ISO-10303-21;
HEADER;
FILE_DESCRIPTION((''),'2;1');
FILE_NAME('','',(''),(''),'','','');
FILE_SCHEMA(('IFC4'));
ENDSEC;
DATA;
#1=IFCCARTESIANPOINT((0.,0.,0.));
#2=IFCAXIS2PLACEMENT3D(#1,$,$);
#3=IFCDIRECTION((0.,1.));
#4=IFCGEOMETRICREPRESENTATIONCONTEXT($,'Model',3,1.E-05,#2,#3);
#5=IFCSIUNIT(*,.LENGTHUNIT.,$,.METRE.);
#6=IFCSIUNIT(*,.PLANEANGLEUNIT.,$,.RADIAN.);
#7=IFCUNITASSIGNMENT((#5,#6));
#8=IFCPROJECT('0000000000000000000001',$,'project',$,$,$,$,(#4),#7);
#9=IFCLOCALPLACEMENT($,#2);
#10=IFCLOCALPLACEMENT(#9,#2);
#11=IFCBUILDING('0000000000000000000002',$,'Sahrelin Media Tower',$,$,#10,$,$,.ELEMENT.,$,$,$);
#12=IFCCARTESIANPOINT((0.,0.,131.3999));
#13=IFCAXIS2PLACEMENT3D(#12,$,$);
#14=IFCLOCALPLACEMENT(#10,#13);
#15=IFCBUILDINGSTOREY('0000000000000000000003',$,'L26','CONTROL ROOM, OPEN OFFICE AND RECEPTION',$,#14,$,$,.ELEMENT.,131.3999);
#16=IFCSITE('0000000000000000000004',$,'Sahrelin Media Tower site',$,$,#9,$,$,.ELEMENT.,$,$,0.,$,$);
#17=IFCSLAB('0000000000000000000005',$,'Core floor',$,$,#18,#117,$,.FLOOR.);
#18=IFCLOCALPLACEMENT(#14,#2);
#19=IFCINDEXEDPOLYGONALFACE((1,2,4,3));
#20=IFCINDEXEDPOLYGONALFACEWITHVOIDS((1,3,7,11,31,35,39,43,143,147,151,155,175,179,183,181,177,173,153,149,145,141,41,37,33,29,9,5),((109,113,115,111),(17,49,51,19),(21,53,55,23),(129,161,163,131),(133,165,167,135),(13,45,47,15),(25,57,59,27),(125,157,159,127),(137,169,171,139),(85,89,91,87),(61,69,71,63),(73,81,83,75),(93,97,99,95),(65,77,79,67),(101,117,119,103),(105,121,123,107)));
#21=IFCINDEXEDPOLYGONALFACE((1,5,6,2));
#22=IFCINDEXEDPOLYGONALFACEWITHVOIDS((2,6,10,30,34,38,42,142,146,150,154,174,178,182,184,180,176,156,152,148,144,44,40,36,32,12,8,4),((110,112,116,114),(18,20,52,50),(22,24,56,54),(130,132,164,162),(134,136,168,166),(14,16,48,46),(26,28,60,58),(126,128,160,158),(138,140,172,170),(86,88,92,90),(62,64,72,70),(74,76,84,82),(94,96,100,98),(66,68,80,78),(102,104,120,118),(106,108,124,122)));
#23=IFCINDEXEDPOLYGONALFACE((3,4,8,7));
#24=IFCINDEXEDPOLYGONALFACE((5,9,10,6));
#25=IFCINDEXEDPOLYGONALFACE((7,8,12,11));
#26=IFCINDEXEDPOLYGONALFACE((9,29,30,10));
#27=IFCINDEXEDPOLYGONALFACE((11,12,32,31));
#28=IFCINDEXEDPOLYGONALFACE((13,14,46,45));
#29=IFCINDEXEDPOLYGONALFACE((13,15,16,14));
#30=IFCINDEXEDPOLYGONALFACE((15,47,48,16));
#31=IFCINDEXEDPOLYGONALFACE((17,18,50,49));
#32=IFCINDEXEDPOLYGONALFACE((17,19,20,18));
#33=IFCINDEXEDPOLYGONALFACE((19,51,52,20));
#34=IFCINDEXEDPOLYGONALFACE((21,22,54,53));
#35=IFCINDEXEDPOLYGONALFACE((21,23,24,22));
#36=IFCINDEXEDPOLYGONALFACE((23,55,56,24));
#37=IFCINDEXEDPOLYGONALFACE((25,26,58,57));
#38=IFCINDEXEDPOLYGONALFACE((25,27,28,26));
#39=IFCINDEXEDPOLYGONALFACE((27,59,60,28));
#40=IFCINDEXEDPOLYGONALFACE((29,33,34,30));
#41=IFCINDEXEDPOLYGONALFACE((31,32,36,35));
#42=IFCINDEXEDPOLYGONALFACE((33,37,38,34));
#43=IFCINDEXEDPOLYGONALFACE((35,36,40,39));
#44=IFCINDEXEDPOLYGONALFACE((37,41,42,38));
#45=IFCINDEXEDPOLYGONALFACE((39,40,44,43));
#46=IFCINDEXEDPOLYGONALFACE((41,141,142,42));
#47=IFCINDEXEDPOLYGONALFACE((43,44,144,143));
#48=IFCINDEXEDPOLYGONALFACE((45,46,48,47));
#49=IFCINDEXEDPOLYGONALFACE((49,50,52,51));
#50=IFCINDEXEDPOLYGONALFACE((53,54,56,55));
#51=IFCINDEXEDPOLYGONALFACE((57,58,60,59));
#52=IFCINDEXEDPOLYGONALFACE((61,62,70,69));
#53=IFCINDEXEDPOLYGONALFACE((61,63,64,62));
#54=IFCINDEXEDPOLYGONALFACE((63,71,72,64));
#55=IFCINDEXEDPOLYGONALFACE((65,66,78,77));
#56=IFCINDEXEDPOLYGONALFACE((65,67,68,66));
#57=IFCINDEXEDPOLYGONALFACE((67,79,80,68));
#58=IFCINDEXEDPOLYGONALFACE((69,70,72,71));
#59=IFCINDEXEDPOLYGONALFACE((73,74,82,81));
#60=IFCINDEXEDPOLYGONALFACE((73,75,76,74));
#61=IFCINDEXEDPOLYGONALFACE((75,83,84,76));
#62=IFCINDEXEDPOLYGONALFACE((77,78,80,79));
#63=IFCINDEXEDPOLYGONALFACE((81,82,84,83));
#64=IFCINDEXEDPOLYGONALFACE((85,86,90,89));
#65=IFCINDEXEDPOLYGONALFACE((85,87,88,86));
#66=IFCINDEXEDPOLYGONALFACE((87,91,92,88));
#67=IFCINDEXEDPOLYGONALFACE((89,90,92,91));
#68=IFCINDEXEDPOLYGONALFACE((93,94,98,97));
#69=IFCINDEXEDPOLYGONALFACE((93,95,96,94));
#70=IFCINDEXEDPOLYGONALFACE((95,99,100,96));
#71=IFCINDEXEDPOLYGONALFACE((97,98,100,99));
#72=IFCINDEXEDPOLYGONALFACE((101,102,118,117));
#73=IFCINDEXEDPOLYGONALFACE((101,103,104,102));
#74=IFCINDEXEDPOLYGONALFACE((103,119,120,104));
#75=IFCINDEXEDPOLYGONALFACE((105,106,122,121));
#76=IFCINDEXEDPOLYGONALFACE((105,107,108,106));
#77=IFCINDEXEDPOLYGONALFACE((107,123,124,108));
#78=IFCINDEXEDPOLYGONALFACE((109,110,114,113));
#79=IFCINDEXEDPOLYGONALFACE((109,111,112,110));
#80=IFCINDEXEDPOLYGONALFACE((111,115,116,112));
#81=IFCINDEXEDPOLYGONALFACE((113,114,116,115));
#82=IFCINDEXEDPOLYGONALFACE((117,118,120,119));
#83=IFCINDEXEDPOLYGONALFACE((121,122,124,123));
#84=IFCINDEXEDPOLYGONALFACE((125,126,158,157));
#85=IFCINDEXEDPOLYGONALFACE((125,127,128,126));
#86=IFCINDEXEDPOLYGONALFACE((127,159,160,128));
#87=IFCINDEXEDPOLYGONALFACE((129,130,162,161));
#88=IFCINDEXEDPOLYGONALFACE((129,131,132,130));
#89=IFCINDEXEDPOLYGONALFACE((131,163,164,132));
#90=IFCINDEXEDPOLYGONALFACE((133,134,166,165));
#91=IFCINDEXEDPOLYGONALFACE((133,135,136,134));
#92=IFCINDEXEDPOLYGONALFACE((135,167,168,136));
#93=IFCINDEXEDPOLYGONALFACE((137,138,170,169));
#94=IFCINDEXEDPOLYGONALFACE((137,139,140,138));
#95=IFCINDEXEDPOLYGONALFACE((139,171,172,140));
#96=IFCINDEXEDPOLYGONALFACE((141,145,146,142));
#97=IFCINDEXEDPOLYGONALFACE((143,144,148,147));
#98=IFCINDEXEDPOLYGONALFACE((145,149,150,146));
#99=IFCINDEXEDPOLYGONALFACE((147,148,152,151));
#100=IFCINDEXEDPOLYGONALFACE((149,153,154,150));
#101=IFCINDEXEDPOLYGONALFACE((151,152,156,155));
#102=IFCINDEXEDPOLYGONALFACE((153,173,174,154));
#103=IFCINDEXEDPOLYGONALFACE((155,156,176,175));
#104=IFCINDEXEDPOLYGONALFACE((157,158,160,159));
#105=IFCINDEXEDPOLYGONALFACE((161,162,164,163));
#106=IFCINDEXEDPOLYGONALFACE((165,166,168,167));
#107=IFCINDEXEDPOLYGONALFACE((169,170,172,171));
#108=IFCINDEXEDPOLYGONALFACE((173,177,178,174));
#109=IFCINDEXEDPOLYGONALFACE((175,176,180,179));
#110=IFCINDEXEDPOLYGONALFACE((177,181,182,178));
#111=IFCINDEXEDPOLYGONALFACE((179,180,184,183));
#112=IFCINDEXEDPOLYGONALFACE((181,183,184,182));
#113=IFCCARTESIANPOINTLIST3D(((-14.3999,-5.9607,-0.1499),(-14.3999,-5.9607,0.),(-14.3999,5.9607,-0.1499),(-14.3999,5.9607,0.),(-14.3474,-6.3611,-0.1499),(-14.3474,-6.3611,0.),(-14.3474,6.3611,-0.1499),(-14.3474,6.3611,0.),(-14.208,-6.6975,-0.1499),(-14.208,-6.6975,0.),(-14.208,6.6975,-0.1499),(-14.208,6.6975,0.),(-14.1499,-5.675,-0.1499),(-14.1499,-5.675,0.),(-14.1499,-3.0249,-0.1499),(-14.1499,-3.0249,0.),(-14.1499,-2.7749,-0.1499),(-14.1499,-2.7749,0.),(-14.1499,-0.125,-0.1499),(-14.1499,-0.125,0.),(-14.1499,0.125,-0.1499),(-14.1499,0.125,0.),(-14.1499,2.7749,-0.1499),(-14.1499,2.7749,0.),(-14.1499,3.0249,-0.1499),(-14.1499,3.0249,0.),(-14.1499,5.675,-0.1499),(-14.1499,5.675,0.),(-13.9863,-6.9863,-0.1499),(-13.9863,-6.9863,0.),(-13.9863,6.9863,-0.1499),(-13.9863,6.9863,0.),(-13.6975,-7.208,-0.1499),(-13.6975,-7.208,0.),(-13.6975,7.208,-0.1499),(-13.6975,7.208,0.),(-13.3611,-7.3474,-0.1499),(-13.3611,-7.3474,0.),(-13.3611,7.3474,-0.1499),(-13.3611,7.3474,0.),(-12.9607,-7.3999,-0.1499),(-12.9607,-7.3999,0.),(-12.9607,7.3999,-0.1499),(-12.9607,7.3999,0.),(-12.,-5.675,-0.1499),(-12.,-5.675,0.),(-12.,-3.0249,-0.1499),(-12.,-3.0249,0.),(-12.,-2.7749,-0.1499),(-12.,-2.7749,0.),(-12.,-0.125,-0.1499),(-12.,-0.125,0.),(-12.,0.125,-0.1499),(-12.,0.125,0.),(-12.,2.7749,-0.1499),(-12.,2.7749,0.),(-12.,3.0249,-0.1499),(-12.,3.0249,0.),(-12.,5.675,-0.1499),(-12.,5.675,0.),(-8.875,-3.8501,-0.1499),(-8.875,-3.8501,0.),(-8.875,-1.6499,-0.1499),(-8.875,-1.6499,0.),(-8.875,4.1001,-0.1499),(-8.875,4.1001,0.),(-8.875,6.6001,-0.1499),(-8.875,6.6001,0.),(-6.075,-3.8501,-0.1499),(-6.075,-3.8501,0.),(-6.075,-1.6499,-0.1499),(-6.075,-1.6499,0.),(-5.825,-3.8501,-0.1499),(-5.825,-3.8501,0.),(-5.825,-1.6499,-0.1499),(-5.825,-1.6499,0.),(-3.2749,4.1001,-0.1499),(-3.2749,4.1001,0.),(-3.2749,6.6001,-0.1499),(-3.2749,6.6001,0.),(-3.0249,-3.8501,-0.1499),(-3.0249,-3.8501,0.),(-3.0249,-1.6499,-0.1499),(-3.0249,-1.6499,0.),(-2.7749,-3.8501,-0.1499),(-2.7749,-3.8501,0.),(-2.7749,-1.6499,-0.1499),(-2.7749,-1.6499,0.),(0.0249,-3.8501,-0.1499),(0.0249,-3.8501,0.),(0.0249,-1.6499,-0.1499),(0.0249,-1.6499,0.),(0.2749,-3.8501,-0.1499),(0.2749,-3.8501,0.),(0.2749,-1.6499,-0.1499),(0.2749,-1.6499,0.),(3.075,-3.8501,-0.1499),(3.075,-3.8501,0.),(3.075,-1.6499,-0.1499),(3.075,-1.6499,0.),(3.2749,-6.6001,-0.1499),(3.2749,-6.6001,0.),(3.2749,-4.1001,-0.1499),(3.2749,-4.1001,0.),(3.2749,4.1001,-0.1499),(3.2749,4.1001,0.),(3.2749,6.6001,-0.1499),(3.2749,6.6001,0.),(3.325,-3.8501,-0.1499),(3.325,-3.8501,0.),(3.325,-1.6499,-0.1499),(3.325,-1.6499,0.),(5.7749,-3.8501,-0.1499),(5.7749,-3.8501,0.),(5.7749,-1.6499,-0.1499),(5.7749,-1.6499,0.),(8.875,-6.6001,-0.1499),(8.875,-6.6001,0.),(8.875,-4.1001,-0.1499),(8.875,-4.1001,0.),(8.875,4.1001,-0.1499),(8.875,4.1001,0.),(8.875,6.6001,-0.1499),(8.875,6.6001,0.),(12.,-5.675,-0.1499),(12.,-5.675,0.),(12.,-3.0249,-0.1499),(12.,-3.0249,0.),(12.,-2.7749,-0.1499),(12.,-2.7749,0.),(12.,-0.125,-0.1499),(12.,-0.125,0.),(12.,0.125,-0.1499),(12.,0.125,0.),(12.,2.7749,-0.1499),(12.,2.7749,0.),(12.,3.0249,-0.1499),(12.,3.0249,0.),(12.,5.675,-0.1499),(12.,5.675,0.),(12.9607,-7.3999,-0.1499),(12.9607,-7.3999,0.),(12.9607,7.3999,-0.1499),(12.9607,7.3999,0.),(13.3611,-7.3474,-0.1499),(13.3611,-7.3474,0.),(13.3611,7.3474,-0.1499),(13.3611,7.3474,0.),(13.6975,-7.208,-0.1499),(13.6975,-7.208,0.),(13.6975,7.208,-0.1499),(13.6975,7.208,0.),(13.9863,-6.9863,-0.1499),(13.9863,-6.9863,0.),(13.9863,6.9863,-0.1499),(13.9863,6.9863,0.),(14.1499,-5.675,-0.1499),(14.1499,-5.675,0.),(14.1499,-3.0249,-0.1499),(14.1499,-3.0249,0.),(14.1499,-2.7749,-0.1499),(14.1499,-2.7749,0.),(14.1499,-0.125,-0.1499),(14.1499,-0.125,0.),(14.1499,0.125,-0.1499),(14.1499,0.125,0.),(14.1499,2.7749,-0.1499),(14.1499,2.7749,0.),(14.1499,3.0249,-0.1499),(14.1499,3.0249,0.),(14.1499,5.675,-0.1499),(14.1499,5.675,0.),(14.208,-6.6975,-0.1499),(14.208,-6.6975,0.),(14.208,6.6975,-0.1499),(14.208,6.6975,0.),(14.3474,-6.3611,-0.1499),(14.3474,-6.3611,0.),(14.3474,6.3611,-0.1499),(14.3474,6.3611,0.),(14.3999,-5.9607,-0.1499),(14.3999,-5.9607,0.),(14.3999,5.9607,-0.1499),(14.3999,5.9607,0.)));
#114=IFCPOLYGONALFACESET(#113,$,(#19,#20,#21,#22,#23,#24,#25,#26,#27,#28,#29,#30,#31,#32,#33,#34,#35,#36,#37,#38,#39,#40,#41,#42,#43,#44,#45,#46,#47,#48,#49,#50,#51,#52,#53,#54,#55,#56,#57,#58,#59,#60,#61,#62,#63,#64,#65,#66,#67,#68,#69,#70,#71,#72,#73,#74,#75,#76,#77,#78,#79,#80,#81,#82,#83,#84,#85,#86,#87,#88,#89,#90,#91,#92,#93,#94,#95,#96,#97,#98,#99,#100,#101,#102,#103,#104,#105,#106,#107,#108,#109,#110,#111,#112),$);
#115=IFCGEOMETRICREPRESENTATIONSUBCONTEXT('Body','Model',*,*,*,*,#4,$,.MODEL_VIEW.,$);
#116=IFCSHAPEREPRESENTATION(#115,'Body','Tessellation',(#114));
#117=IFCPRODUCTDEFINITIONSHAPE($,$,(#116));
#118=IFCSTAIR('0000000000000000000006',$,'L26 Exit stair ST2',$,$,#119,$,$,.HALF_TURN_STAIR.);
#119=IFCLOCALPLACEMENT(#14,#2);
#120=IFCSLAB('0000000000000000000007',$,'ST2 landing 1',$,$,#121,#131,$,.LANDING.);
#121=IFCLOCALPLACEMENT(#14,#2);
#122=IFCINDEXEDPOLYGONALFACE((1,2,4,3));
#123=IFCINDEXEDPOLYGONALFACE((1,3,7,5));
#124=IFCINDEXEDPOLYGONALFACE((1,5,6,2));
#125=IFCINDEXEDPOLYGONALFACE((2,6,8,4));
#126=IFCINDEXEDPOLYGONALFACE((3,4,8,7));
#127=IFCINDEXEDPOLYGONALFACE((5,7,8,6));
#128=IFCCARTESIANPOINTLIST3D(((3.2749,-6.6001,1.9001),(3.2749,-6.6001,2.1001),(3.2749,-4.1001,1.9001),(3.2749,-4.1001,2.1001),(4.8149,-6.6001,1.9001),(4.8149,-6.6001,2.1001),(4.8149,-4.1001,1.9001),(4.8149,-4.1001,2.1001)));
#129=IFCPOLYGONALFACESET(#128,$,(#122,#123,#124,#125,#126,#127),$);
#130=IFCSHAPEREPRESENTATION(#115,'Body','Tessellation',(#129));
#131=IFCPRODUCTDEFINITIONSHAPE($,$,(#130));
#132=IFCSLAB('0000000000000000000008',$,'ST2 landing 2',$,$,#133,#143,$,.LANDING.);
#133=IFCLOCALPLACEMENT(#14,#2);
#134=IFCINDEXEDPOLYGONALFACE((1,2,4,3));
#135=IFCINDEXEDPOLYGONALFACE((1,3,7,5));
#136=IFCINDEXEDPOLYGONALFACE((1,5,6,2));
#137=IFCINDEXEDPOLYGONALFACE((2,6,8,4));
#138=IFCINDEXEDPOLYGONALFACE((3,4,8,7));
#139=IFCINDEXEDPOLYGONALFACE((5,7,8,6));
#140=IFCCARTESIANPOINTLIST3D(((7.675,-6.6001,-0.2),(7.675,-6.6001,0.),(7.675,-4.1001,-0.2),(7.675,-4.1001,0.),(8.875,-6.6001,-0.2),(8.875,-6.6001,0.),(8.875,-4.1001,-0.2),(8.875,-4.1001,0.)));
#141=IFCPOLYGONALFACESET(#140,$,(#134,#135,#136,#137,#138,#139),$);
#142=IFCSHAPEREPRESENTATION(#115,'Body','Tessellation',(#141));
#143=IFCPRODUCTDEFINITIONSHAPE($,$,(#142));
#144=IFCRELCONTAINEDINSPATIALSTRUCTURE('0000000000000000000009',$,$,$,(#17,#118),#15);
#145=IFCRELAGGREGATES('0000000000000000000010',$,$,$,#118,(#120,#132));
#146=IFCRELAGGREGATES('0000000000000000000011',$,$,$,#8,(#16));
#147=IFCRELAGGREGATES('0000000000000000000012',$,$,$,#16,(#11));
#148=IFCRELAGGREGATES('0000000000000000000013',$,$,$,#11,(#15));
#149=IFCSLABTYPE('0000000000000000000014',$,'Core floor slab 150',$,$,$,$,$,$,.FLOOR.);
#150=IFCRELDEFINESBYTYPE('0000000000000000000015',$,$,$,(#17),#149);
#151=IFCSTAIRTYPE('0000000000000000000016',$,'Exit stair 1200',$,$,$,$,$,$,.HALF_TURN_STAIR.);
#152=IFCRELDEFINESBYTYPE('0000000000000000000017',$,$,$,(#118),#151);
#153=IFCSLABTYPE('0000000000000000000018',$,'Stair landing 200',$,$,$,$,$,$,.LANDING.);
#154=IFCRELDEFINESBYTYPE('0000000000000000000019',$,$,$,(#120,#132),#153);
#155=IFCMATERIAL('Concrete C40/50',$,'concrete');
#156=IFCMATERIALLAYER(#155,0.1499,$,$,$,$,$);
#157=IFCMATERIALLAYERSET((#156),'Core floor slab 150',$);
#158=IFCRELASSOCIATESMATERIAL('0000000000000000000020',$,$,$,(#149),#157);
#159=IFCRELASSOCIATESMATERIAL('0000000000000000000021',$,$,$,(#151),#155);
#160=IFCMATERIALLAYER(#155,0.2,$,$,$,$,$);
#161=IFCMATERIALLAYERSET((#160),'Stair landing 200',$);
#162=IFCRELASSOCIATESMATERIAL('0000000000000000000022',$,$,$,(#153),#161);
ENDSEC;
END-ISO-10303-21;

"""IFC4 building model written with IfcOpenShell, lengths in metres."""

from ifc_helpers import new_model, si_unit, direction, frame, origin, place, context, subcontext, project, spatial, polyline, outline, extrude, material, layer, layer_set, type_object, element, aggregate, save


model = new_model("IFC4")

# Units and contexts
model_context = context("Model", 3, precision=1e-05, world=origin(), true_north=direction((0.0, 1.0)))
body_context = subcontext(model_context, "Body", "Model", "MODEL_VIEW")
ifc_project = project(units=[si_unit("LENGTHUNIT", "METRE"), si_unit("PLANEANGLEUNIT", "RADIAN")], contexts=[model_context])

# Site, building, storey
site_placement = place(None, origin())
site = spatial("IfcSite", under=ifc_project, at=site_placement, Name="Sahrelin Media Tower site", CompositionType="ELEMENT", RefElevation=0.0)
building_placement = place(site_placement, origin())
building = spatial("IfcBuilding", under=site, at=building_placement, Name="Sahrelin Media Tower", CompositionType="ELEMENT")
storey_placement = place(building_placement, frame((0.0, 0.0, 131.3999)))
storey = spatial("IfcBuildingStorey", under=building, at=storey_placement, Name="L26", Description="CONTROL ROOM, OPEN OFFICE AND RECEPTION", CompositionType="ELEMENT", Elevation=131.3999)

# Slab
ifc_material_1 = material(Name="Concrete C40/50", Category="concrete")
ifc_layer_1 = layer(ifc_material_1, 0.1499)
ifc_layer_set_1 = layer_set([ifc_layer_1], Name="Core floor slab 150")
slab_type_1 = type_object("IfcSlabType", Name="Core floor slab 150", PredefinedType="FLOOR", material=ifc_layer_set_1)
slab_1_placement = place(storey_placement, frame((0.0, 0.0, -0.1499)))
element("IfcSlab", 1, at=slab_1_placement, inside=storey, type_object=slab_type_1, Name="Core floor", PredefinedType="FLOOR", context=body_context, shape_type="SweptSolid", body=[
    extrude(outline(polyline([(-14.3474, 6.3611), (-14.3999, 5.9607), (-14.3999, -5.9607), (-14.3474, -6.3611), (-14.208, -6.6975), (-13.9863, -6.9863), (-13.6975, -7.208), (-13.3611, -7.3474), (-12.9607, -7.3999), (12.9607, -7.3999), (13.3611, -7.3474), (13.6975, -7.208), (13.9863, -6.9863), (14.208, -6.6975), (14.3474, -6.3611), (14.3999, -5.9607), (14.3999, 5.9607), (14.3474, 6.3611), (14.208, 6.6975), (13.9863, 6.9863), (13.6975, 7.208), (13.3611, 7.3474), (12.9607, 7.3999), (-12.9607, 7.3999), (-13.3611, 7.3474), (-13.6975, 7.208), (-13.9863, 6.9863), (-14.208, 6.6975), (-14.3474, 6.3611)]), holes=[polyline([(-12.0, 3.0249), (-12.0, 5.675), (-14.1499, 5.675), (-14.1499, 3.0249), (-12.0, 3.0249)]), polyline([(-14.1499, 0.125), (-12.0, 0.125), (-12.0, 2.7749), (-14.1499, 2.7749), (-14.1499, 0.125)]), polyline([(-14.1499, -0.125), (-14.1499, -2.7749), (-12.0, -2.7749), (-12.0, -0.125), (-14.1499, -0.125)]), polyline([(-12.0, -3.0249), (-14.1499, -3.0249), (-14.1499, -5.675), (-12.0, -5.675), (-12.0, -3.0249)]), polyline([(14.1499, 3.0249), (14.1499, 5.675), (12.0, 5.675), (12.0, 3.0249), (14.1499, 3.0249)]), polyline([(12.0, 0.125), (14.1499, 0.125), (14.1499, 2.7749), (12.0, 2.7749), (12.0, 0.125)]), polyline([(12.0, -0.125), (12.0, -2.7749), (14.1499, -2.7749), (14.1499, -0.125), (12.0, -0.125)]), polyline([(14.1499, -3.0249), (12.0, -3.0249), (12.0, -5.675), (14.1499, -5.675), (14.1499, -3.0249)]), polyline([(-6.075, -3.8501), (-6.075, -1.6499), (-8.875, -1.6499), (-8.875, -3.8501), (-6.075, -3.8501)]), polyline([(-5.825, -3.8501), (-3.0249, -3.8501), (-3.0249, -1.6499), (-5.825, -1.6499), (-5.825, -3.8501)]), polyline([(-2.7749, -1.6499), (-2.7749, -3.8501), (0.0249, -3.8501), (0.0249, -1.6499), (-2.7749, -1.6499)]), polyline([(3.075, -1.6499), (0.2749, -1.6499), (0.2749, -3.8501), (3.075, -3.8501), (3.075, -1.6499)]), polyline([(5.7749, -3.8501), (5.7749, -1.6499), (3.325, -1.6499), (3.325, -3.8501), (5.7749, -3.8501)]), polyline([(-8.875, 6.6001), (-8.875, 4.1001), (-3.2749, 4.1001), (-3.2749, 6.6001), (-8.875, 6.6001)]), polyline([(3.2749, 4.1001), (8.875, 4.1001), (8.875, 6.6001), (3.2749, 6.6001), (3.2749, 4.1001)]), polyline([(3.2749, -4.1001), (3.2749, -6.6001), (8.875, -6.6001), (8.875, -4.1001), (3.2749, -4.1001)])]), origin(), (0.0, 0.0, 1.0), 0.1499),
])

# Stair, slabs
stair_type = type_object("IfcStairType", Name="Exit stair 1200", PredefinedType="HALF_TURN_STAIR", material=ifc_material_1)
placement = place(storey_placement, origin())
stair = element("IfcStair", 2, at=placement, inside=storey, type_object=stair_type, Name="L26 Exit stair ST2", PredefinedType="HALF_TURN_STAIR")
ifc_layer_2 = layer(ifc_material_1, 0.2)
ifc_layer_set_2 = layer_set([ifc_layer_2], Name="Stair landing 200")
slab_type_2 = type_object("IfcSlabType", Name="Stair landing 200", PredefinedType="LANDING", material=ifc_layer_set_2)
slab_2_placement = place(storey_placement, frame((0.0, 0.0, 1.9001)))
slab_2 = element("IfcSlab", 3, at=slab_2_placement, type_object=slab_type_2, Name="ST2 landing 1", PredefinedType="LANDING", context=body_context, shape_type="SweptSolid", body=[
    extrude(outline(polyline([(4.8149, -4.1001), (3.2749, -4.1001), (3.2749, -6.6001), (4.8149, -6.6001), (4.8149, -4.1001)])), origin(), (0.0, 0.0, 1.0), 0.2),
])
slab_3_placement = place(storey_placement, frame((0.0, 0.0, -0.2)))
slab_3 = element("IfcSlab", 4, at=slab_3_placement, type_object=slab_type_2, Name="ST2 landing 2", PredefinedType="LANDING", context=body_context, shape_type="SweptSolid", body=[
    extrude(outline(polyline([(8.875, -4.1001), (7.675, -4.1001), (7.675, -6.6001), (8.875, -6.6001), (8.875, -4.1001)])), origin(), (0.0, 0.0, 1.0), 0.2),
])
aggregate(stair, [slab_2, slab_3])

save(model, "model.ifc")
